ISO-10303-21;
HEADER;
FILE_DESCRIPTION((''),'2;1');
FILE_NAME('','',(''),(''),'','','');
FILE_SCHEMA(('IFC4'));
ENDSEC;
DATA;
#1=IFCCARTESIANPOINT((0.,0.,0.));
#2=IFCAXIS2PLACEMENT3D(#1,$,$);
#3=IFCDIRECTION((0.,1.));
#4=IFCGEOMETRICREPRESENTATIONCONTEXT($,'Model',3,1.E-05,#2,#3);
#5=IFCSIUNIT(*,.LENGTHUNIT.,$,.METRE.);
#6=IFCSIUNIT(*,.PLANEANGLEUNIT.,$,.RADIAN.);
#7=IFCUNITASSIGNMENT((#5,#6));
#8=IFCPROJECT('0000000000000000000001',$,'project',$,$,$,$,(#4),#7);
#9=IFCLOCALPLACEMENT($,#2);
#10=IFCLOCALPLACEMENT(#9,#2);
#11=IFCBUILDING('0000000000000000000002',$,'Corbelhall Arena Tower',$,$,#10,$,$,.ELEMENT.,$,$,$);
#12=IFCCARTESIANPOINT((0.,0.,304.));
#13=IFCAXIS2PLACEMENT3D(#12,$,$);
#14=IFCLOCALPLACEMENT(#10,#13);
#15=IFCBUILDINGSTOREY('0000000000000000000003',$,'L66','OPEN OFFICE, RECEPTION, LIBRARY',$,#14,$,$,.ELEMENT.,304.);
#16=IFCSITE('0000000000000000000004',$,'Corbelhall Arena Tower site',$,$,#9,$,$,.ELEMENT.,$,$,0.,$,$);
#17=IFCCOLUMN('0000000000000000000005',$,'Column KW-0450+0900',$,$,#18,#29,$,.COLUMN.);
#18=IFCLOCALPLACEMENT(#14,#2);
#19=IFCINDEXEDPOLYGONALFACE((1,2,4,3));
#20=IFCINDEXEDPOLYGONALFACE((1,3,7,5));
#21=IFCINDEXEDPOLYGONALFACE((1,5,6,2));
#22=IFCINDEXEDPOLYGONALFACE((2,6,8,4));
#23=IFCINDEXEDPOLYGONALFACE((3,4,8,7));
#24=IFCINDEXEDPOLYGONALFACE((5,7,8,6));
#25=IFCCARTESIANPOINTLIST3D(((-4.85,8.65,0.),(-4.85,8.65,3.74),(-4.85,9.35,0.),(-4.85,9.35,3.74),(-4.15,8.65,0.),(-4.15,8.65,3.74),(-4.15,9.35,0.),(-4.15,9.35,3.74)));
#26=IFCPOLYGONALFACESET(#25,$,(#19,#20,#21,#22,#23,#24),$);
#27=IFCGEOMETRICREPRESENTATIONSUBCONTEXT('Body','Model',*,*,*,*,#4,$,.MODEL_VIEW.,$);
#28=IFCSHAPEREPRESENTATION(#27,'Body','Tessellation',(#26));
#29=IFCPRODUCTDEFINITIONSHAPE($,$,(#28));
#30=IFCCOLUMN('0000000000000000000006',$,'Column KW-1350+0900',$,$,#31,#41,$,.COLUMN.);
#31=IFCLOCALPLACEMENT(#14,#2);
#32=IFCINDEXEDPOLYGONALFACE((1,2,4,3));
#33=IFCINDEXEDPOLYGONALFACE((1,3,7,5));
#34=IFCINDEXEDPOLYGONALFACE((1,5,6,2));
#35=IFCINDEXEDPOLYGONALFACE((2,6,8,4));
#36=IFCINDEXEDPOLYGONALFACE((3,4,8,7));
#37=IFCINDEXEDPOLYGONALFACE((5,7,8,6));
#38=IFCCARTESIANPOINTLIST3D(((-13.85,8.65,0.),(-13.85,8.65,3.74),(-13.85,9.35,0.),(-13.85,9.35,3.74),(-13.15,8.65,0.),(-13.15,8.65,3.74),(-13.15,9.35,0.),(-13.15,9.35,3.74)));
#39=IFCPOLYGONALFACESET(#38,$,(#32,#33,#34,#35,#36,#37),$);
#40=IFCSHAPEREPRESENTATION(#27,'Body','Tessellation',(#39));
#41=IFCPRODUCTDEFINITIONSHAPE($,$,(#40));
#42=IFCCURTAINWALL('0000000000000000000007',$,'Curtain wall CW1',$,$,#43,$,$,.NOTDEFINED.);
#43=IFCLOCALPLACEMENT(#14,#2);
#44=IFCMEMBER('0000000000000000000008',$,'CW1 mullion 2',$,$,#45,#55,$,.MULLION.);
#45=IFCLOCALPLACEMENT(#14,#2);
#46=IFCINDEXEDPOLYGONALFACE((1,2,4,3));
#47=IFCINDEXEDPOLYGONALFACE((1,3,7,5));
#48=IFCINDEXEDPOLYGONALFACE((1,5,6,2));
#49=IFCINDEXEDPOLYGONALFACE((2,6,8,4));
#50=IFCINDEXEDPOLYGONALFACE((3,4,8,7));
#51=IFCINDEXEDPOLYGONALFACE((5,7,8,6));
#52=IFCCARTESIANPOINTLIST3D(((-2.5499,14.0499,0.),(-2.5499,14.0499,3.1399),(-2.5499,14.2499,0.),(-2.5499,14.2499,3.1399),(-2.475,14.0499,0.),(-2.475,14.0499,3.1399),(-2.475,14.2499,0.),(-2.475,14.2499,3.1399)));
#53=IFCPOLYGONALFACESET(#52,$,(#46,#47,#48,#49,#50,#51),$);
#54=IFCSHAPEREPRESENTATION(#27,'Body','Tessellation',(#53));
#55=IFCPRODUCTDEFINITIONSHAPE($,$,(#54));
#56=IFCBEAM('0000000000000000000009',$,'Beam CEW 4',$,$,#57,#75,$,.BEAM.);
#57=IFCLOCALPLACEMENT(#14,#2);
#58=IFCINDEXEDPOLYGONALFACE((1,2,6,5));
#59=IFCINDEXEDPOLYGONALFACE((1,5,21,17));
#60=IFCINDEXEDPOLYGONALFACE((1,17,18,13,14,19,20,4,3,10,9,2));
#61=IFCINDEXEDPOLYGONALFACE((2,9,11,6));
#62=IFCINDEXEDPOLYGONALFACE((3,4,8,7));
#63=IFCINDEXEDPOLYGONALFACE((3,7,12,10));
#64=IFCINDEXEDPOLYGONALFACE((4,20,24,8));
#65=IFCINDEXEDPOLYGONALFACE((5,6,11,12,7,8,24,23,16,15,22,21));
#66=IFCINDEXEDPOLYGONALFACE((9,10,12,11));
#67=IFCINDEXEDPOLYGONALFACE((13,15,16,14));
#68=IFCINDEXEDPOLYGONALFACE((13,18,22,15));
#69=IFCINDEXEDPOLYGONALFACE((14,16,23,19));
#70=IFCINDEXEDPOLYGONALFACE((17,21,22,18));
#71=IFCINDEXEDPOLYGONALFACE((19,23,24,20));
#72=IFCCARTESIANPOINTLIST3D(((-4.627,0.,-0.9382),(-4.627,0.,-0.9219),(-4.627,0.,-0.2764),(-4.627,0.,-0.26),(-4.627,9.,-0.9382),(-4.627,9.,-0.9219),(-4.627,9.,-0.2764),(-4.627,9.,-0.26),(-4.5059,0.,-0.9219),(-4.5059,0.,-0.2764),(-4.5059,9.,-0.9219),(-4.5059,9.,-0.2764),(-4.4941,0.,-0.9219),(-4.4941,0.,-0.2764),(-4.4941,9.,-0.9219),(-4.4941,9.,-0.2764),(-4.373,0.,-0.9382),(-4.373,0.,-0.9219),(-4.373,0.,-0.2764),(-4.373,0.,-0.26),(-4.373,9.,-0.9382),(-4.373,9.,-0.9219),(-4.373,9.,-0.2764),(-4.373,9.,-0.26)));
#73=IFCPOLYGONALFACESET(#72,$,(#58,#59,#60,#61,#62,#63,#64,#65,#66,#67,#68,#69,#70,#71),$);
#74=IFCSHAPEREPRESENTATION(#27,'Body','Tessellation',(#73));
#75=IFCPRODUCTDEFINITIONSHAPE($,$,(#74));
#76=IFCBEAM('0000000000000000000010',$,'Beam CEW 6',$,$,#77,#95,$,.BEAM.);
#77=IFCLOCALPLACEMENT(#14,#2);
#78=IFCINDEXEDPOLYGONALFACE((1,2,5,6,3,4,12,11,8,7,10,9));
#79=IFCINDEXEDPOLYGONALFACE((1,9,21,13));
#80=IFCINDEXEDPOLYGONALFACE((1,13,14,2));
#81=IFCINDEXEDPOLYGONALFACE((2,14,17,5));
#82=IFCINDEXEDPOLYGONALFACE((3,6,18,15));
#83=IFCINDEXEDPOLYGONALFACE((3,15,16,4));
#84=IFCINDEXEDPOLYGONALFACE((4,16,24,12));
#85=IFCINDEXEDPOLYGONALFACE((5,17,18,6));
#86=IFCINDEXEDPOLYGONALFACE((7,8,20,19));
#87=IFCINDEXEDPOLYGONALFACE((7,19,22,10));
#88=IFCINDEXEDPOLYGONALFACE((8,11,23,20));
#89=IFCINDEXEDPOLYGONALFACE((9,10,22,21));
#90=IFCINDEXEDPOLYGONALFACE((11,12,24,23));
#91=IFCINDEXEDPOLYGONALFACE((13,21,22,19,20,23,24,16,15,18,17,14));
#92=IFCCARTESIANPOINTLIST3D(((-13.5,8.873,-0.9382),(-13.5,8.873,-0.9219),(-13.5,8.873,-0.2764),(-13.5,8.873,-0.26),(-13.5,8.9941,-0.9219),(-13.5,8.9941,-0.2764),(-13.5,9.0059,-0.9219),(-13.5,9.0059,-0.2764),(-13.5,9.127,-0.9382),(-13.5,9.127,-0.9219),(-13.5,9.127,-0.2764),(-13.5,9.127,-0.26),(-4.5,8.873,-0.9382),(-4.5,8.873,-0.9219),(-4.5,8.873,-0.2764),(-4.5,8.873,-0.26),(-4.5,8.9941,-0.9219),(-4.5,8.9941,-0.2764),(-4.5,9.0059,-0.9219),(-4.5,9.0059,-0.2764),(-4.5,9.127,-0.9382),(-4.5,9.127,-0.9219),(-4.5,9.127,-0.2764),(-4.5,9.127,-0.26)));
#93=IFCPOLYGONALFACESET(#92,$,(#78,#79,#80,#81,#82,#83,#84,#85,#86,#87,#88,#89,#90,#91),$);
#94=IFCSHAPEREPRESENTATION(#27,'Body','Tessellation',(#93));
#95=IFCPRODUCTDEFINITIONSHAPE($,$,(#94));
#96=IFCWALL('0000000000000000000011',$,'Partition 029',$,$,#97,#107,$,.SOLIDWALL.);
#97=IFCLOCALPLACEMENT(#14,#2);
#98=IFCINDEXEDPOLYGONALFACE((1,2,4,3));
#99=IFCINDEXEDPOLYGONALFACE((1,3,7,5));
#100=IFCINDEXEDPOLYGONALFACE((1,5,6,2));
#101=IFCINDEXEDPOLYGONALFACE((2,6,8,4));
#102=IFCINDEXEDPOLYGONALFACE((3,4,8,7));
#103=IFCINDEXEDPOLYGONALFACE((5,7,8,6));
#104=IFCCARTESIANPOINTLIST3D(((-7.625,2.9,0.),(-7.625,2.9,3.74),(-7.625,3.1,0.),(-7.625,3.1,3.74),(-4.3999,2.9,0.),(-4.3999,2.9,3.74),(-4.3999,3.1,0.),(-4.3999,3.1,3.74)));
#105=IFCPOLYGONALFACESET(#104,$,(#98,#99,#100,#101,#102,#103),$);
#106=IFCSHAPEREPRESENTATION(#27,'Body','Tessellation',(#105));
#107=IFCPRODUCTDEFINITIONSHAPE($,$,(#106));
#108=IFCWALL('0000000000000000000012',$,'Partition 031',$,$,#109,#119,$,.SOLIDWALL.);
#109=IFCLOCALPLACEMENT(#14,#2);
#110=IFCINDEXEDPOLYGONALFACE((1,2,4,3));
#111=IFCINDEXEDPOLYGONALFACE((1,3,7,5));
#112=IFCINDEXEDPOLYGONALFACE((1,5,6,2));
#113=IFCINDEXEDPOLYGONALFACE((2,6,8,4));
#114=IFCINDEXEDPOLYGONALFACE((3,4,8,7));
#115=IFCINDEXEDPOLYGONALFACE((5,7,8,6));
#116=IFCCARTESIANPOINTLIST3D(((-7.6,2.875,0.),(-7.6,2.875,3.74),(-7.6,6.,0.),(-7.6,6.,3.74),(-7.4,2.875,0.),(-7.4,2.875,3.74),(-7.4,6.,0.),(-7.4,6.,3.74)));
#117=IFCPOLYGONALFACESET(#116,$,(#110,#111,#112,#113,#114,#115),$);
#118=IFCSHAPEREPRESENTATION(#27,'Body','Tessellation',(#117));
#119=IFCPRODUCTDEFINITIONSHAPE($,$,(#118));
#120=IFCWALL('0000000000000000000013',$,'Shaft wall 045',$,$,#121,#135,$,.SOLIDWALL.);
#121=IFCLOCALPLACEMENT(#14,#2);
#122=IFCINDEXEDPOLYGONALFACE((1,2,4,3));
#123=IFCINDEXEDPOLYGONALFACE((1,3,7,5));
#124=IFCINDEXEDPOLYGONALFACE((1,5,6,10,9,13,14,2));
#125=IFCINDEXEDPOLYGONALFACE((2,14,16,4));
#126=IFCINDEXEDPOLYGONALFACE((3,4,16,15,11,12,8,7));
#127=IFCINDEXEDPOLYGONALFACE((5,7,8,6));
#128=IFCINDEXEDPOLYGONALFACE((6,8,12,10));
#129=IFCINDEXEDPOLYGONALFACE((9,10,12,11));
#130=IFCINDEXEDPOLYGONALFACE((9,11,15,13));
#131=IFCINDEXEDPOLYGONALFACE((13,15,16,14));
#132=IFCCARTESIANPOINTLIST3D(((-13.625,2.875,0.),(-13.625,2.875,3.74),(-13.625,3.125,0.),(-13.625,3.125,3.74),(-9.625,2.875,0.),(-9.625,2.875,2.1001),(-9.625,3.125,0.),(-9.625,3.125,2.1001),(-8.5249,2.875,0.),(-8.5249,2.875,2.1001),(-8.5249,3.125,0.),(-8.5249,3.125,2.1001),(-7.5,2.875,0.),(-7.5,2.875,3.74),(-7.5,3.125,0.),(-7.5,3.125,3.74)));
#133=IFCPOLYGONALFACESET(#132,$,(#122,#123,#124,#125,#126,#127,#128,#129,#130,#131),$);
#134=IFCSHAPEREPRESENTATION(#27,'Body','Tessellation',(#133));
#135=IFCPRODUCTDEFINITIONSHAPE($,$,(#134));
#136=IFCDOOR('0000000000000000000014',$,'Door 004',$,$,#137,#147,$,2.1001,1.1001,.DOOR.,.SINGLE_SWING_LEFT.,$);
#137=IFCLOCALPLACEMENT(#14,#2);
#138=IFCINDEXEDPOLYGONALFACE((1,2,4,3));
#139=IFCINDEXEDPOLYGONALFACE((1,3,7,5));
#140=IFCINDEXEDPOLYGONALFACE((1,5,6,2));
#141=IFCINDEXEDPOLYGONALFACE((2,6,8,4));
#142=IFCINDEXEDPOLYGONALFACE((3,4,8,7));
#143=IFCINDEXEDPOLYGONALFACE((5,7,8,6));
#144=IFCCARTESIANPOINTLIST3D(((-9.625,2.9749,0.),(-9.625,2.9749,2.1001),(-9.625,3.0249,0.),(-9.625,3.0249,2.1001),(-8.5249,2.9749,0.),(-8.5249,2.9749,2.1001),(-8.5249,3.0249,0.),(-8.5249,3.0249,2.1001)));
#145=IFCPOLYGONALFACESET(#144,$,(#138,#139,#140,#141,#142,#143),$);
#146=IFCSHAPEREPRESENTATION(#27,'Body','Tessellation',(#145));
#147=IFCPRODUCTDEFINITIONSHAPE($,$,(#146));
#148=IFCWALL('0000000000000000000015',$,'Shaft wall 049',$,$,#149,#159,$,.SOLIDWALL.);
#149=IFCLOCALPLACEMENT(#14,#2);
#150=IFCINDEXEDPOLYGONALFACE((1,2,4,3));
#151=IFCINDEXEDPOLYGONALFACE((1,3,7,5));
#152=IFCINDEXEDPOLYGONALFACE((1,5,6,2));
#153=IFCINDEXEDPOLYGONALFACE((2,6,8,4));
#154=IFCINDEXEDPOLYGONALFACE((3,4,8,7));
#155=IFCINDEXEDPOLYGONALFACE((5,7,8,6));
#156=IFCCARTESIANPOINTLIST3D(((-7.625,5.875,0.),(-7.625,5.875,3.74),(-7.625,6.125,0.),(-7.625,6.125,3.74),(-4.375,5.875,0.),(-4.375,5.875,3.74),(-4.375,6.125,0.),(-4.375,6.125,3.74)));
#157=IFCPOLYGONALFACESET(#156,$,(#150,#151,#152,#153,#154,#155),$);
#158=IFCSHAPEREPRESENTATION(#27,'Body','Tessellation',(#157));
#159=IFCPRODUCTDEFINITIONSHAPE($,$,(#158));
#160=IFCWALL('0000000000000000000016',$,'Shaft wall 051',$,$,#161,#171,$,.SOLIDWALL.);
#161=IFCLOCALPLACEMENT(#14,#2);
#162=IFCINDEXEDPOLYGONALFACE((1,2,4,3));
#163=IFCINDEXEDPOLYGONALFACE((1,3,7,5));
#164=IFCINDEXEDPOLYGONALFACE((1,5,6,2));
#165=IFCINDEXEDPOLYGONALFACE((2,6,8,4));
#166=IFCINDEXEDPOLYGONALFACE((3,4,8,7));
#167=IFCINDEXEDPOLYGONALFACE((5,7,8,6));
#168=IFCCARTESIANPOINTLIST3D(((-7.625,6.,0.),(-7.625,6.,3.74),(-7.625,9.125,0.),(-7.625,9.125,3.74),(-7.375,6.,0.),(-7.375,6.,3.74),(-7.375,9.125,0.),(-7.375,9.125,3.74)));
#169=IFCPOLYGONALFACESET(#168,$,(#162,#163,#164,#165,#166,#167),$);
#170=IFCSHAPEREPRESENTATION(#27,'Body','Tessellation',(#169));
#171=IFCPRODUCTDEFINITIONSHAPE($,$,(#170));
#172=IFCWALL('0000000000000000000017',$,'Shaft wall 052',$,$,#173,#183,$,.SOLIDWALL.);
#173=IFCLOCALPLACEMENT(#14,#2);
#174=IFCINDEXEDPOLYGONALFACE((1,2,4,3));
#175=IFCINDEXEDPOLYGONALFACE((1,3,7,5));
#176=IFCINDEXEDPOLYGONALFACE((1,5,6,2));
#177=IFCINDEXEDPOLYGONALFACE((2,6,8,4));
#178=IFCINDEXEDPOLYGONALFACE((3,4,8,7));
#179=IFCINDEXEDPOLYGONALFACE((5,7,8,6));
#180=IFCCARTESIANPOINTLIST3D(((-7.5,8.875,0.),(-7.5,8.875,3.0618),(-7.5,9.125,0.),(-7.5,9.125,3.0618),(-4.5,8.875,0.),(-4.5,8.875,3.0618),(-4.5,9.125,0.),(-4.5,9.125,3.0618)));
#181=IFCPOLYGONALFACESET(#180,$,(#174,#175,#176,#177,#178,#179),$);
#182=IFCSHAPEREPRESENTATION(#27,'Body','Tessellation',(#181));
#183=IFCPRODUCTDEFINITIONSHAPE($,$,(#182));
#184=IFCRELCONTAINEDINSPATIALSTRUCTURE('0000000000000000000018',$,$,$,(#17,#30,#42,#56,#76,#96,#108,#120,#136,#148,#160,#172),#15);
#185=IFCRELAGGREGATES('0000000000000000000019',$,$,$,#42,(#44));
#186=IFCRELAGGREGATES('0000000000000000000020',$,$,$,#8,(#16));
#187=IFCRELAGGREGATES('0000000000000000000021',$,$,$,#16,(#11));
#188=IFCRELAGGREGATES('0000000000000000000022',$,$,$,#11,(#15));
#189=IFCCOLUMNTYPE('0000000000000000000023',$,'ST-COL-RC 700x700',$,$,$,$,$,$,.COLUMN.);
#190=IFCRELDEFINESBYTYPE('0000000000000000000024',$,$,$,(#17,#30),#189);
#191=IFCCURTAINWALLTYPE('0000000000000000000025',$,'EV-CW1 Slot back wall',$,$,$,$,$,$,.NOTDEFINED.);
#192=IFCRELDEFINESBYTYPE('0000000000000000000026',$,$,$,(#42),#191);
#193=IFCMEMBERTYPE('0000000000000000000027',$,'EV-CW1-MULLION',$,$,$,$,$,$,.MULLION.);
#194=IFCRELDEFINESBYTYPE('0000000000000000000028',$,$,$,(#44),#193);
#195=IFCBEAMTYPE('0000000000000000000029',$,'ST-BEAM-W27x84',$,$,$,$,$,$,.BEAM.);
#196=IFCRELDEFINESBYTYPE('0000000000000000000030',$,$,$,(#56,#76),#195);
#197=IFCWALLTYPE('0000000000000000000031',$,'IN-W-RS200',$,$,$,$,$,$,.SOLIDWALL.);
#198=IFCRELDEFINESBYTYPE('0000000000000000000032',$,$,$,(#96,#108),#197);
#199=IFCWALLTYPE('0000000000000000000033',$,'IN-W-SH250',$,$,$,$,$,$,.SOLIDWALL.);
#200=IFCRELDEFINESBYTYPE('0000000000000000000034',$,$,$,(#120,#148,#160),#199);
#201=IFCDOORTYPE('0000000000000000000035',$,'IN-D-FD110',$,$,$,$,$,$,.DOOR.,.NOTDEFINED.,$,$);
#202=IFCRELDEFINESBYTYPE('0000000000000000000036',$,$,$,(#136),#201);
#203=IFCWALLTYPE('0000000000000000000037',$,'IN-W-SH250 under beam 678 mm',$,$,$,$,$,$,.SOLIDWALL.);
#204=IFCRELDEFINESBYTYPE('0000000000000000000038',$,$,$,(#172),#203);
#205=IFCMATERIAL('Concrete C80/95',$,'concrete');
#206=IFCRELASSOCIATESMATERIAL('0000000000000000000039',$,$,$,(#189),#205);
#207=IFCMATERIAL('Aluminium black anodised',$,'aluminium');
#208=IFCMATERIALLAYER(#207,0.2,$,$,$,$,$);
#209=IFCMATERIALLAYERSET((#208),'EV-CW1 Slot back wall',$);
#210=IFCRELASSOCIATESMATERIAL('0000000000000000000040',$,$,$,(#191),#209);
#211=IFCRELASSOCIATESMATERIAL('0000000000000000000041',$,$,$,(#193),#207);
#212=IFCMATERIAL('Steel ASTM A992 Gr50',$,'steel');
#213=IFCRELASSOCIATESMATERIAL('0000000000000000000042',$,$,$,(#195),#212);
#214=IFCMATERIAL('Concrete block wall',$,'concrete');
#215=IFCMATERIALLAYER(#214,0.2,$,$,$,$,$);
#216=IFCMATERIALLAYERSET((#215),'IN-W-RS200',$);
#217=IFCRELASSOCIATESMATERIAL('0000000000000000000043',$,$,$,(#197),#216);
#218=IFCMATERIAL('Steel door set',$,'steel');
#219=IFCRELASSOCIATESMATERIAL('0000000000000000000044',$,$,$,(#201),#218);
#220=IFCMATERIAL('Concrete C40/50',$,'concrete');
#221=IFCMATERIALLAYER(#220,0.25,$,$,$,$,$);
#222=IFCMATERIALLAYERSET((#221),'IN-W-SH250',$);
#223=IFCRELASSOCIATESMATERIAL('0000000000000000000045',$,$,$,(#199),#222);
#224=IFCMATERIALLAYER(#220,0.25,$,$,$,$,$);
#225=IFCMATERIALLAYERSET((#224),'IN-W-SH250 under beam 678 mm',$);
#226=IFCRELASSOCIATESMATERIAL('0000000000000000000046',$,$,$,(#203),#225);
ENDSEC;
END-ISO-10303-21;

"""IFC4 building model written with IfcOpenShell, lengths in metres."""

from ifc_helpers import new_model, si_unit, direction, frame, frame_2d, origin, origin_2d, place, context, subcontext, project, spatial, rectangle, i_section, extrude, material, layer, layer_set, material_profile, profile_set, type_object, element, fill, aggregate, save


model = new_model("IFC4")

# Units and contexts
model_context = context("Model", 3, precision=1e-05, world=origin(), true_north=direction((0.0, 1.0)))
body_context = subcontext(model_context, "Body", "Model", "MODEL_VIEW")
ifc_project = project(units=[si_unit("LENGTHUNIT", "METRE"), si_unit("PLANEANGLEUNIT", "RADIAN")], contexts=[model_context])

# Site, building, storey
site_placement = place(None, origin())
site = spatial("IfcSite", under=ifc_project, at=site_placement, Name="Corbelhall Arena Tower site", CompositionType="ELEMENT", RefElevation=0.0)
building_placement = place(site_placement, origin())
building = spatial("IfcBuilding", under=site, at=building_placement, Name="Corbelhall Arena Tower", CompositionType="ELEMENT")
storey_placement = place(building_placement, frame((0.0, 0.0, 304.0)))
storey = spatial("IfcBuildingStorey", under=building, at=storey_placement, Name="L66", Description="OPEN OFFICE, RECEPTION, LIBRARY", CompositionType="ELEMENT", Elevation=304.0)

# Columns
ifc_material_1 = material(Name="Concrete C80/95", Category="concrete")
ifc_material_profile_1 = material_profile(ifc_material_1, rectangle(XDim=0.7, YDim=0.7, at=origin_2d()))
ifc_profile_set_1 = profile_set([ifc_material_profile_1], Name="Concrete C80/95")
column_type = type_object("IfcColumnType", Name="ST-COL-RC 700x700", PredefinedType="COLUMN", material=ifc_profile_set_1)
for number, where, z_axis, x_axis, name in (
    (1, (-4.5, 9.0, 0.0), (0.0, 0.0, 1.0), (1.0, 0.0, 0.0), "Column KW-0450+0900"),
    (2, (-13.5, 9.0, 0.0), (0.0, 0.0, 1.0), (1.0, 0.0, 0.0), "Column KW-1350+0900"),
):
    element("IfcColumn", number, at=place(storey_placement, frame(where, z_axis=z_axis, x_axis=x_axis)), inside=storey, type_object=column_type, Name=name, PredefinedType="COLUMN", context=body_context, shape_type="SweptSolid", body=[
        extrude(rectangle(XDim=0.7, YDim=0.7, at=origin_2d()), origin(), (0.0, 0.0, 1.0), 3.74),
    ])

# Curtain wall, member
ifc_material_2 = material(Name="Aluminium black anodised", Category="aluminium")
ifc_layer_1 = layer(ifc_material_2, 0.2)
ifc_layer_set_1 = layer_set([ifc_layer_1], Name="EV-CW1 Slot back wall")
curtain_wall_type = type_object("IfcCurtainWallType", Name="EV-CW1 Slot back wall", PredefinedType="NOTDEFINED", material=ifc_layer_set_1)
curtain_wall_placement = place(storey_placement, origin())
curtain_wall = element("IfcCurtainWall", 3, at=curtain_wall_placement, inside=storey, type_object=curtain_wall_type, Name="Curtain wall CW1", PredefinedType="NOTDEFINED")
ifc_material_profile_2 = material_profile(ifc_material_2, rectangle(XDim=0.2, YDim=0.075, at=origin_2d()))
ifc_profile_set_2 = profile_set([ifc_material_profile_2], Name="Aluminium black anodised")
member_type = type_object("IfcMemberType", Name="EV-CW1-MULLION", PredefinedType="MULLION", material=ifc_profile_set_2)
member_placement = place(storey_placement, frame((-2.5125, 14.1499, 0.0), z_axis=(0.0, 0.0, 1.0), x_axis=(0.0, -1.0, 0.0)))
member = element("IfcMember", 4, at=member_placement, type_object=member_type, Name="CW1 mullion 2", PredefinedType="MULLION", context=body_context, shape_type="SweptSolid", body=[
    extrude(rectangle(XDim=0.2, YDim=0.075, at=origin_2d()), origin(), (0.0, 0.0, 1.0), 3.1399),
])
aggregate(curtain_wall, [member])

# Beams
ifc_material_3 = material(Name="Steel ASTM A992 Gr50", Category="steel")
ifc_material_profile_3 = material_profile(ifc_material_3, i_section(OverallWidth=0.2539, OverallDepth=0.6782, WebThickness=0.0117, FlangeThickness=0.0164, at=origin_2d()))
ifc_profile_set_3 = profile_set([ifc_material_profile_3], Name="Steel ASTM A992 Gr50")
beam_type = type_object("IfcBeamType", Name="ST-BEAM-W27x84", PredefinedType="BEAM", material=ifc_profile_set_3)
for number, where, z_axis, x_axis, name in (
    (5, (-4.5, 0.0, -0.5991), (0.0, 1.0, 0.0), (-1.0, 0.0, 0.0), "Beam CEW 4"),
    (6, (-13.5, 9.0, -0.5991), (1.0, 0.0, 0.0), (0.0, 1.0, 0.0), "Beam CEW 6"),
):
    element("IfcBeam", number, at=place(storey_placement, frame(where, z_axis=z_axis, x_axis=x_axis)), inside=storey, type_object=beam_type, Name=name, PredefinedType="BEAM", context=body_context, shape_type="SweptSolid", body=[
        extrude(i_section(OverallWidth=0.2539, OverallDepth=0.6782, WebThickness=0.0117, FlangeThickness=0.0164, at=origin_2d()), origin(), (0.0, 0.0, 1.0), 9.0),
    ])

# Walls
ifc_material_4 = material(Name="Concrete block wall", Category="concrete")
ifc_layer_2 = layer(ifc_material_4, 0.2)
ifc_layer_set_2 = layer_set([ifc_layer_2], Name="IN-W-RS200")
wall_type_1 = type_object("IfcWallType", Name="IN-W-RS200", PredefinedType="SOLIDWALL", material=ifc_layer_set_2)
wall_1_placement = place(storey_placement, frame((-7.625, 3.0, 0.0), z_axis=(0.0, 0.0, 1.0), x_axis=(1.0, 0.0, 0.0)))
element("IfcWall", 7, at=wall_1_placement, inside=storey, type_object=wall_type_1, Name="Partition 029", PredefinedType="SOLIDWALL", context=body_context, shape_type="SweptSolid", body=[
    extrude(rectangle(XDim=3.2251, YDim=0.2, at=frame_2d((1.6125, 0.0))), origin(), (0.0, 0.0, 1.0), 3.74),
])
wall_2_placement = place(storey_placement, frame((-7.5, 2.875, 0.0), z_axis=(0.0, 0.0, 1.0), x_axis=(0.0, 1.0, 0.0)))
element("IfcWall", 8, at=wall_2_placement, inside=storey, type_object=wall_type_1, Name="Partition 031", PredefinedType="SOLIDWALL", context=body_context, shape_type="SweptSolid", body=[
    extrude(rectangle(XDim=3.125, YDim=0.2, at=frame_2d((1.5625, 0.0))), origin(), (0.0, 0.0, 1.0), 3.74),
])

# Shared definitions
ifc_material_5 = material(Name="Steel door set", Category="steel")
door_type_1 = type_object("IfcDoorType", Name="IN-D-FD110", OperationType="NOTDEFINED", PredefinedType="DOOR", material=ifc_material_5)

# Wall, opening, door
ifc_material_6 = material(Name="Concrete C40/50", Category="concrete")
ifc_layer_3 = layer(ifc_material_6, 0.25)
ifc_layer_set_3 = layer_set([ifc_layer_3], Name="IN-W-SH250")
wall_type_2 = type_object("IfcWallType", Name="IN-W-SH250", PredefinedType="SOLIDWALL", material=ifc_layer_set_3)
wall_3_placement = place(storey_placement, frame((-13.625, 3.0, 0.0), z_axis=(0.0, 0.0, 1.0), x_axis=(1.0, 0.0, 0.0)))
wall_3 = element("IfcWall", 9, at=wall_3_placement, inside=storey, type_object=wall_type_2, Name="Shaft wall 045", PredefinedType="SOLIDWALL", context=body_context, shape_type="SweptSolid", body=[
    extrude(rectangle(XDim=6.125, YDim=0.25, at=frame_2d((3.0625, 0.0))), origin(), (0.0, 0.0, 1.0), 3.74),
])
opening_1_placement = place(wall_3_placement, frame((4.0, 0.0, 0.0)))
opening_1 = element("IfcOpeningElement", 10, at=opening_1_placement, cuts=wall_3, PredefinedType="OPENING", context=body_context, shape_type="SweptSolid", body=[
    extrude(rectangle(XDim=1.1001, YDim=2.1001, at=frame_2d((0.55, 1.05))), frame((0.0, 0.125, 0.0), z_axis=(0.0, -1.0, 0.0), x_axis=(1.0, 0.0, 0.0)), (0.0, 0.0, 1.0), 0.25),
])
door_1_placement = place(opening_1_placement, origin())
door_1 = element("IfcDoor", 11, at=door_1_placement, inside=storey, type_object=door_type_1, Name="Door 004", OperationType="SINGLE_SWING_LEFT", OverallHeight=2.1001, OverallWidth=1.1001, PredefinedType="DOOR", context=body_context, shape_type="SweptSolid", body=[
    extrude(rectangle(XDim=1.1001, YDim=2.1001, at=frame_2d((0.55, 1.05))), frame((0.0, 0.0249, 0.0), z_axis=(0.0, -1.0, 0.0), x_axis=(1.0, 0.0, 0.0)), (0.0, 0.0, 1.0), 0.05),
])
fill(opening_1, door_1)

# Walls
wall_4_placement = place(storey_placement, frame((-7.625, 6.0, 0.0), z_axis=(0.0, 0.0, 1.0), x_axis=(1.0, 0.0, 0.0)))
element("IfcWall", 12, at=wall_4_placement, inside=storey, type_object=wall_type_2, Name="Shaft wall 049", PredefinedType="SOLIDWALL", context=body_context, shape_type="SweptSolid", body=[
    extrude(rectangle(XDim=3.25, YDim=0.25, at=frame_2d((1.625, 0.0))), origin(), (0.0, 0.0, 1.0), 3.74),
])
wall_5_placement = place(storey_placement, frame((-7.5, 6.0, 0.0), z_axis=(0.0, 0.0, 1.0), x_axis=(0.0, 1.0, 0.0)))
element("IfcWall", 13, at=wall_5_placement, inside=storey, type_object=wall_type_2, Name="Shaft wall 051", PredefinedType="SOLIDWALL", context=body_context, shape_type="SweptSolid", body=[
    extrude(rectangle(XDim=3.125, YDim=0.25, at=frame_2d((1.5625, 0.0))), origin(), (0.0, 0.0, 1.0), 3.74),
])
ifc_layer_4 = layer(ifc_material_6, 0.25)
ifc_layer_set_4 = layer_set([ifc_layer_4], Name="IN-W-SH250 under beam 678 mm")
wall_type_3 = type_object("IfcWallType", Name="IN-W-SH250 under beam 678 mm", PredefinedType="SOLIDWALL", material=ifc_layer_set_4)
wall_6_placement = place(storey_placement, frame((-7.5, 9.0, 0.0), z_axis=(0.0, 0.0, 1.0), x_axis=(1.0, 0.0, 0.0)))
element("IfcWall", 14, at=wall_6_placement, inside=storey, type_object=wall_type_3, Name="Shaft wall 052", PredefinedType="SOLIDWALL", context=body_context, shape_type="SweptSolid", body=[
    extrude(rectangle(XDim=3.0, YDim=0.25, at=frame_2d((1.5, 0.0))), origin(), (0.0, 0.0, 1.0), 3.0618),
])

save(model, "model.ifc")
